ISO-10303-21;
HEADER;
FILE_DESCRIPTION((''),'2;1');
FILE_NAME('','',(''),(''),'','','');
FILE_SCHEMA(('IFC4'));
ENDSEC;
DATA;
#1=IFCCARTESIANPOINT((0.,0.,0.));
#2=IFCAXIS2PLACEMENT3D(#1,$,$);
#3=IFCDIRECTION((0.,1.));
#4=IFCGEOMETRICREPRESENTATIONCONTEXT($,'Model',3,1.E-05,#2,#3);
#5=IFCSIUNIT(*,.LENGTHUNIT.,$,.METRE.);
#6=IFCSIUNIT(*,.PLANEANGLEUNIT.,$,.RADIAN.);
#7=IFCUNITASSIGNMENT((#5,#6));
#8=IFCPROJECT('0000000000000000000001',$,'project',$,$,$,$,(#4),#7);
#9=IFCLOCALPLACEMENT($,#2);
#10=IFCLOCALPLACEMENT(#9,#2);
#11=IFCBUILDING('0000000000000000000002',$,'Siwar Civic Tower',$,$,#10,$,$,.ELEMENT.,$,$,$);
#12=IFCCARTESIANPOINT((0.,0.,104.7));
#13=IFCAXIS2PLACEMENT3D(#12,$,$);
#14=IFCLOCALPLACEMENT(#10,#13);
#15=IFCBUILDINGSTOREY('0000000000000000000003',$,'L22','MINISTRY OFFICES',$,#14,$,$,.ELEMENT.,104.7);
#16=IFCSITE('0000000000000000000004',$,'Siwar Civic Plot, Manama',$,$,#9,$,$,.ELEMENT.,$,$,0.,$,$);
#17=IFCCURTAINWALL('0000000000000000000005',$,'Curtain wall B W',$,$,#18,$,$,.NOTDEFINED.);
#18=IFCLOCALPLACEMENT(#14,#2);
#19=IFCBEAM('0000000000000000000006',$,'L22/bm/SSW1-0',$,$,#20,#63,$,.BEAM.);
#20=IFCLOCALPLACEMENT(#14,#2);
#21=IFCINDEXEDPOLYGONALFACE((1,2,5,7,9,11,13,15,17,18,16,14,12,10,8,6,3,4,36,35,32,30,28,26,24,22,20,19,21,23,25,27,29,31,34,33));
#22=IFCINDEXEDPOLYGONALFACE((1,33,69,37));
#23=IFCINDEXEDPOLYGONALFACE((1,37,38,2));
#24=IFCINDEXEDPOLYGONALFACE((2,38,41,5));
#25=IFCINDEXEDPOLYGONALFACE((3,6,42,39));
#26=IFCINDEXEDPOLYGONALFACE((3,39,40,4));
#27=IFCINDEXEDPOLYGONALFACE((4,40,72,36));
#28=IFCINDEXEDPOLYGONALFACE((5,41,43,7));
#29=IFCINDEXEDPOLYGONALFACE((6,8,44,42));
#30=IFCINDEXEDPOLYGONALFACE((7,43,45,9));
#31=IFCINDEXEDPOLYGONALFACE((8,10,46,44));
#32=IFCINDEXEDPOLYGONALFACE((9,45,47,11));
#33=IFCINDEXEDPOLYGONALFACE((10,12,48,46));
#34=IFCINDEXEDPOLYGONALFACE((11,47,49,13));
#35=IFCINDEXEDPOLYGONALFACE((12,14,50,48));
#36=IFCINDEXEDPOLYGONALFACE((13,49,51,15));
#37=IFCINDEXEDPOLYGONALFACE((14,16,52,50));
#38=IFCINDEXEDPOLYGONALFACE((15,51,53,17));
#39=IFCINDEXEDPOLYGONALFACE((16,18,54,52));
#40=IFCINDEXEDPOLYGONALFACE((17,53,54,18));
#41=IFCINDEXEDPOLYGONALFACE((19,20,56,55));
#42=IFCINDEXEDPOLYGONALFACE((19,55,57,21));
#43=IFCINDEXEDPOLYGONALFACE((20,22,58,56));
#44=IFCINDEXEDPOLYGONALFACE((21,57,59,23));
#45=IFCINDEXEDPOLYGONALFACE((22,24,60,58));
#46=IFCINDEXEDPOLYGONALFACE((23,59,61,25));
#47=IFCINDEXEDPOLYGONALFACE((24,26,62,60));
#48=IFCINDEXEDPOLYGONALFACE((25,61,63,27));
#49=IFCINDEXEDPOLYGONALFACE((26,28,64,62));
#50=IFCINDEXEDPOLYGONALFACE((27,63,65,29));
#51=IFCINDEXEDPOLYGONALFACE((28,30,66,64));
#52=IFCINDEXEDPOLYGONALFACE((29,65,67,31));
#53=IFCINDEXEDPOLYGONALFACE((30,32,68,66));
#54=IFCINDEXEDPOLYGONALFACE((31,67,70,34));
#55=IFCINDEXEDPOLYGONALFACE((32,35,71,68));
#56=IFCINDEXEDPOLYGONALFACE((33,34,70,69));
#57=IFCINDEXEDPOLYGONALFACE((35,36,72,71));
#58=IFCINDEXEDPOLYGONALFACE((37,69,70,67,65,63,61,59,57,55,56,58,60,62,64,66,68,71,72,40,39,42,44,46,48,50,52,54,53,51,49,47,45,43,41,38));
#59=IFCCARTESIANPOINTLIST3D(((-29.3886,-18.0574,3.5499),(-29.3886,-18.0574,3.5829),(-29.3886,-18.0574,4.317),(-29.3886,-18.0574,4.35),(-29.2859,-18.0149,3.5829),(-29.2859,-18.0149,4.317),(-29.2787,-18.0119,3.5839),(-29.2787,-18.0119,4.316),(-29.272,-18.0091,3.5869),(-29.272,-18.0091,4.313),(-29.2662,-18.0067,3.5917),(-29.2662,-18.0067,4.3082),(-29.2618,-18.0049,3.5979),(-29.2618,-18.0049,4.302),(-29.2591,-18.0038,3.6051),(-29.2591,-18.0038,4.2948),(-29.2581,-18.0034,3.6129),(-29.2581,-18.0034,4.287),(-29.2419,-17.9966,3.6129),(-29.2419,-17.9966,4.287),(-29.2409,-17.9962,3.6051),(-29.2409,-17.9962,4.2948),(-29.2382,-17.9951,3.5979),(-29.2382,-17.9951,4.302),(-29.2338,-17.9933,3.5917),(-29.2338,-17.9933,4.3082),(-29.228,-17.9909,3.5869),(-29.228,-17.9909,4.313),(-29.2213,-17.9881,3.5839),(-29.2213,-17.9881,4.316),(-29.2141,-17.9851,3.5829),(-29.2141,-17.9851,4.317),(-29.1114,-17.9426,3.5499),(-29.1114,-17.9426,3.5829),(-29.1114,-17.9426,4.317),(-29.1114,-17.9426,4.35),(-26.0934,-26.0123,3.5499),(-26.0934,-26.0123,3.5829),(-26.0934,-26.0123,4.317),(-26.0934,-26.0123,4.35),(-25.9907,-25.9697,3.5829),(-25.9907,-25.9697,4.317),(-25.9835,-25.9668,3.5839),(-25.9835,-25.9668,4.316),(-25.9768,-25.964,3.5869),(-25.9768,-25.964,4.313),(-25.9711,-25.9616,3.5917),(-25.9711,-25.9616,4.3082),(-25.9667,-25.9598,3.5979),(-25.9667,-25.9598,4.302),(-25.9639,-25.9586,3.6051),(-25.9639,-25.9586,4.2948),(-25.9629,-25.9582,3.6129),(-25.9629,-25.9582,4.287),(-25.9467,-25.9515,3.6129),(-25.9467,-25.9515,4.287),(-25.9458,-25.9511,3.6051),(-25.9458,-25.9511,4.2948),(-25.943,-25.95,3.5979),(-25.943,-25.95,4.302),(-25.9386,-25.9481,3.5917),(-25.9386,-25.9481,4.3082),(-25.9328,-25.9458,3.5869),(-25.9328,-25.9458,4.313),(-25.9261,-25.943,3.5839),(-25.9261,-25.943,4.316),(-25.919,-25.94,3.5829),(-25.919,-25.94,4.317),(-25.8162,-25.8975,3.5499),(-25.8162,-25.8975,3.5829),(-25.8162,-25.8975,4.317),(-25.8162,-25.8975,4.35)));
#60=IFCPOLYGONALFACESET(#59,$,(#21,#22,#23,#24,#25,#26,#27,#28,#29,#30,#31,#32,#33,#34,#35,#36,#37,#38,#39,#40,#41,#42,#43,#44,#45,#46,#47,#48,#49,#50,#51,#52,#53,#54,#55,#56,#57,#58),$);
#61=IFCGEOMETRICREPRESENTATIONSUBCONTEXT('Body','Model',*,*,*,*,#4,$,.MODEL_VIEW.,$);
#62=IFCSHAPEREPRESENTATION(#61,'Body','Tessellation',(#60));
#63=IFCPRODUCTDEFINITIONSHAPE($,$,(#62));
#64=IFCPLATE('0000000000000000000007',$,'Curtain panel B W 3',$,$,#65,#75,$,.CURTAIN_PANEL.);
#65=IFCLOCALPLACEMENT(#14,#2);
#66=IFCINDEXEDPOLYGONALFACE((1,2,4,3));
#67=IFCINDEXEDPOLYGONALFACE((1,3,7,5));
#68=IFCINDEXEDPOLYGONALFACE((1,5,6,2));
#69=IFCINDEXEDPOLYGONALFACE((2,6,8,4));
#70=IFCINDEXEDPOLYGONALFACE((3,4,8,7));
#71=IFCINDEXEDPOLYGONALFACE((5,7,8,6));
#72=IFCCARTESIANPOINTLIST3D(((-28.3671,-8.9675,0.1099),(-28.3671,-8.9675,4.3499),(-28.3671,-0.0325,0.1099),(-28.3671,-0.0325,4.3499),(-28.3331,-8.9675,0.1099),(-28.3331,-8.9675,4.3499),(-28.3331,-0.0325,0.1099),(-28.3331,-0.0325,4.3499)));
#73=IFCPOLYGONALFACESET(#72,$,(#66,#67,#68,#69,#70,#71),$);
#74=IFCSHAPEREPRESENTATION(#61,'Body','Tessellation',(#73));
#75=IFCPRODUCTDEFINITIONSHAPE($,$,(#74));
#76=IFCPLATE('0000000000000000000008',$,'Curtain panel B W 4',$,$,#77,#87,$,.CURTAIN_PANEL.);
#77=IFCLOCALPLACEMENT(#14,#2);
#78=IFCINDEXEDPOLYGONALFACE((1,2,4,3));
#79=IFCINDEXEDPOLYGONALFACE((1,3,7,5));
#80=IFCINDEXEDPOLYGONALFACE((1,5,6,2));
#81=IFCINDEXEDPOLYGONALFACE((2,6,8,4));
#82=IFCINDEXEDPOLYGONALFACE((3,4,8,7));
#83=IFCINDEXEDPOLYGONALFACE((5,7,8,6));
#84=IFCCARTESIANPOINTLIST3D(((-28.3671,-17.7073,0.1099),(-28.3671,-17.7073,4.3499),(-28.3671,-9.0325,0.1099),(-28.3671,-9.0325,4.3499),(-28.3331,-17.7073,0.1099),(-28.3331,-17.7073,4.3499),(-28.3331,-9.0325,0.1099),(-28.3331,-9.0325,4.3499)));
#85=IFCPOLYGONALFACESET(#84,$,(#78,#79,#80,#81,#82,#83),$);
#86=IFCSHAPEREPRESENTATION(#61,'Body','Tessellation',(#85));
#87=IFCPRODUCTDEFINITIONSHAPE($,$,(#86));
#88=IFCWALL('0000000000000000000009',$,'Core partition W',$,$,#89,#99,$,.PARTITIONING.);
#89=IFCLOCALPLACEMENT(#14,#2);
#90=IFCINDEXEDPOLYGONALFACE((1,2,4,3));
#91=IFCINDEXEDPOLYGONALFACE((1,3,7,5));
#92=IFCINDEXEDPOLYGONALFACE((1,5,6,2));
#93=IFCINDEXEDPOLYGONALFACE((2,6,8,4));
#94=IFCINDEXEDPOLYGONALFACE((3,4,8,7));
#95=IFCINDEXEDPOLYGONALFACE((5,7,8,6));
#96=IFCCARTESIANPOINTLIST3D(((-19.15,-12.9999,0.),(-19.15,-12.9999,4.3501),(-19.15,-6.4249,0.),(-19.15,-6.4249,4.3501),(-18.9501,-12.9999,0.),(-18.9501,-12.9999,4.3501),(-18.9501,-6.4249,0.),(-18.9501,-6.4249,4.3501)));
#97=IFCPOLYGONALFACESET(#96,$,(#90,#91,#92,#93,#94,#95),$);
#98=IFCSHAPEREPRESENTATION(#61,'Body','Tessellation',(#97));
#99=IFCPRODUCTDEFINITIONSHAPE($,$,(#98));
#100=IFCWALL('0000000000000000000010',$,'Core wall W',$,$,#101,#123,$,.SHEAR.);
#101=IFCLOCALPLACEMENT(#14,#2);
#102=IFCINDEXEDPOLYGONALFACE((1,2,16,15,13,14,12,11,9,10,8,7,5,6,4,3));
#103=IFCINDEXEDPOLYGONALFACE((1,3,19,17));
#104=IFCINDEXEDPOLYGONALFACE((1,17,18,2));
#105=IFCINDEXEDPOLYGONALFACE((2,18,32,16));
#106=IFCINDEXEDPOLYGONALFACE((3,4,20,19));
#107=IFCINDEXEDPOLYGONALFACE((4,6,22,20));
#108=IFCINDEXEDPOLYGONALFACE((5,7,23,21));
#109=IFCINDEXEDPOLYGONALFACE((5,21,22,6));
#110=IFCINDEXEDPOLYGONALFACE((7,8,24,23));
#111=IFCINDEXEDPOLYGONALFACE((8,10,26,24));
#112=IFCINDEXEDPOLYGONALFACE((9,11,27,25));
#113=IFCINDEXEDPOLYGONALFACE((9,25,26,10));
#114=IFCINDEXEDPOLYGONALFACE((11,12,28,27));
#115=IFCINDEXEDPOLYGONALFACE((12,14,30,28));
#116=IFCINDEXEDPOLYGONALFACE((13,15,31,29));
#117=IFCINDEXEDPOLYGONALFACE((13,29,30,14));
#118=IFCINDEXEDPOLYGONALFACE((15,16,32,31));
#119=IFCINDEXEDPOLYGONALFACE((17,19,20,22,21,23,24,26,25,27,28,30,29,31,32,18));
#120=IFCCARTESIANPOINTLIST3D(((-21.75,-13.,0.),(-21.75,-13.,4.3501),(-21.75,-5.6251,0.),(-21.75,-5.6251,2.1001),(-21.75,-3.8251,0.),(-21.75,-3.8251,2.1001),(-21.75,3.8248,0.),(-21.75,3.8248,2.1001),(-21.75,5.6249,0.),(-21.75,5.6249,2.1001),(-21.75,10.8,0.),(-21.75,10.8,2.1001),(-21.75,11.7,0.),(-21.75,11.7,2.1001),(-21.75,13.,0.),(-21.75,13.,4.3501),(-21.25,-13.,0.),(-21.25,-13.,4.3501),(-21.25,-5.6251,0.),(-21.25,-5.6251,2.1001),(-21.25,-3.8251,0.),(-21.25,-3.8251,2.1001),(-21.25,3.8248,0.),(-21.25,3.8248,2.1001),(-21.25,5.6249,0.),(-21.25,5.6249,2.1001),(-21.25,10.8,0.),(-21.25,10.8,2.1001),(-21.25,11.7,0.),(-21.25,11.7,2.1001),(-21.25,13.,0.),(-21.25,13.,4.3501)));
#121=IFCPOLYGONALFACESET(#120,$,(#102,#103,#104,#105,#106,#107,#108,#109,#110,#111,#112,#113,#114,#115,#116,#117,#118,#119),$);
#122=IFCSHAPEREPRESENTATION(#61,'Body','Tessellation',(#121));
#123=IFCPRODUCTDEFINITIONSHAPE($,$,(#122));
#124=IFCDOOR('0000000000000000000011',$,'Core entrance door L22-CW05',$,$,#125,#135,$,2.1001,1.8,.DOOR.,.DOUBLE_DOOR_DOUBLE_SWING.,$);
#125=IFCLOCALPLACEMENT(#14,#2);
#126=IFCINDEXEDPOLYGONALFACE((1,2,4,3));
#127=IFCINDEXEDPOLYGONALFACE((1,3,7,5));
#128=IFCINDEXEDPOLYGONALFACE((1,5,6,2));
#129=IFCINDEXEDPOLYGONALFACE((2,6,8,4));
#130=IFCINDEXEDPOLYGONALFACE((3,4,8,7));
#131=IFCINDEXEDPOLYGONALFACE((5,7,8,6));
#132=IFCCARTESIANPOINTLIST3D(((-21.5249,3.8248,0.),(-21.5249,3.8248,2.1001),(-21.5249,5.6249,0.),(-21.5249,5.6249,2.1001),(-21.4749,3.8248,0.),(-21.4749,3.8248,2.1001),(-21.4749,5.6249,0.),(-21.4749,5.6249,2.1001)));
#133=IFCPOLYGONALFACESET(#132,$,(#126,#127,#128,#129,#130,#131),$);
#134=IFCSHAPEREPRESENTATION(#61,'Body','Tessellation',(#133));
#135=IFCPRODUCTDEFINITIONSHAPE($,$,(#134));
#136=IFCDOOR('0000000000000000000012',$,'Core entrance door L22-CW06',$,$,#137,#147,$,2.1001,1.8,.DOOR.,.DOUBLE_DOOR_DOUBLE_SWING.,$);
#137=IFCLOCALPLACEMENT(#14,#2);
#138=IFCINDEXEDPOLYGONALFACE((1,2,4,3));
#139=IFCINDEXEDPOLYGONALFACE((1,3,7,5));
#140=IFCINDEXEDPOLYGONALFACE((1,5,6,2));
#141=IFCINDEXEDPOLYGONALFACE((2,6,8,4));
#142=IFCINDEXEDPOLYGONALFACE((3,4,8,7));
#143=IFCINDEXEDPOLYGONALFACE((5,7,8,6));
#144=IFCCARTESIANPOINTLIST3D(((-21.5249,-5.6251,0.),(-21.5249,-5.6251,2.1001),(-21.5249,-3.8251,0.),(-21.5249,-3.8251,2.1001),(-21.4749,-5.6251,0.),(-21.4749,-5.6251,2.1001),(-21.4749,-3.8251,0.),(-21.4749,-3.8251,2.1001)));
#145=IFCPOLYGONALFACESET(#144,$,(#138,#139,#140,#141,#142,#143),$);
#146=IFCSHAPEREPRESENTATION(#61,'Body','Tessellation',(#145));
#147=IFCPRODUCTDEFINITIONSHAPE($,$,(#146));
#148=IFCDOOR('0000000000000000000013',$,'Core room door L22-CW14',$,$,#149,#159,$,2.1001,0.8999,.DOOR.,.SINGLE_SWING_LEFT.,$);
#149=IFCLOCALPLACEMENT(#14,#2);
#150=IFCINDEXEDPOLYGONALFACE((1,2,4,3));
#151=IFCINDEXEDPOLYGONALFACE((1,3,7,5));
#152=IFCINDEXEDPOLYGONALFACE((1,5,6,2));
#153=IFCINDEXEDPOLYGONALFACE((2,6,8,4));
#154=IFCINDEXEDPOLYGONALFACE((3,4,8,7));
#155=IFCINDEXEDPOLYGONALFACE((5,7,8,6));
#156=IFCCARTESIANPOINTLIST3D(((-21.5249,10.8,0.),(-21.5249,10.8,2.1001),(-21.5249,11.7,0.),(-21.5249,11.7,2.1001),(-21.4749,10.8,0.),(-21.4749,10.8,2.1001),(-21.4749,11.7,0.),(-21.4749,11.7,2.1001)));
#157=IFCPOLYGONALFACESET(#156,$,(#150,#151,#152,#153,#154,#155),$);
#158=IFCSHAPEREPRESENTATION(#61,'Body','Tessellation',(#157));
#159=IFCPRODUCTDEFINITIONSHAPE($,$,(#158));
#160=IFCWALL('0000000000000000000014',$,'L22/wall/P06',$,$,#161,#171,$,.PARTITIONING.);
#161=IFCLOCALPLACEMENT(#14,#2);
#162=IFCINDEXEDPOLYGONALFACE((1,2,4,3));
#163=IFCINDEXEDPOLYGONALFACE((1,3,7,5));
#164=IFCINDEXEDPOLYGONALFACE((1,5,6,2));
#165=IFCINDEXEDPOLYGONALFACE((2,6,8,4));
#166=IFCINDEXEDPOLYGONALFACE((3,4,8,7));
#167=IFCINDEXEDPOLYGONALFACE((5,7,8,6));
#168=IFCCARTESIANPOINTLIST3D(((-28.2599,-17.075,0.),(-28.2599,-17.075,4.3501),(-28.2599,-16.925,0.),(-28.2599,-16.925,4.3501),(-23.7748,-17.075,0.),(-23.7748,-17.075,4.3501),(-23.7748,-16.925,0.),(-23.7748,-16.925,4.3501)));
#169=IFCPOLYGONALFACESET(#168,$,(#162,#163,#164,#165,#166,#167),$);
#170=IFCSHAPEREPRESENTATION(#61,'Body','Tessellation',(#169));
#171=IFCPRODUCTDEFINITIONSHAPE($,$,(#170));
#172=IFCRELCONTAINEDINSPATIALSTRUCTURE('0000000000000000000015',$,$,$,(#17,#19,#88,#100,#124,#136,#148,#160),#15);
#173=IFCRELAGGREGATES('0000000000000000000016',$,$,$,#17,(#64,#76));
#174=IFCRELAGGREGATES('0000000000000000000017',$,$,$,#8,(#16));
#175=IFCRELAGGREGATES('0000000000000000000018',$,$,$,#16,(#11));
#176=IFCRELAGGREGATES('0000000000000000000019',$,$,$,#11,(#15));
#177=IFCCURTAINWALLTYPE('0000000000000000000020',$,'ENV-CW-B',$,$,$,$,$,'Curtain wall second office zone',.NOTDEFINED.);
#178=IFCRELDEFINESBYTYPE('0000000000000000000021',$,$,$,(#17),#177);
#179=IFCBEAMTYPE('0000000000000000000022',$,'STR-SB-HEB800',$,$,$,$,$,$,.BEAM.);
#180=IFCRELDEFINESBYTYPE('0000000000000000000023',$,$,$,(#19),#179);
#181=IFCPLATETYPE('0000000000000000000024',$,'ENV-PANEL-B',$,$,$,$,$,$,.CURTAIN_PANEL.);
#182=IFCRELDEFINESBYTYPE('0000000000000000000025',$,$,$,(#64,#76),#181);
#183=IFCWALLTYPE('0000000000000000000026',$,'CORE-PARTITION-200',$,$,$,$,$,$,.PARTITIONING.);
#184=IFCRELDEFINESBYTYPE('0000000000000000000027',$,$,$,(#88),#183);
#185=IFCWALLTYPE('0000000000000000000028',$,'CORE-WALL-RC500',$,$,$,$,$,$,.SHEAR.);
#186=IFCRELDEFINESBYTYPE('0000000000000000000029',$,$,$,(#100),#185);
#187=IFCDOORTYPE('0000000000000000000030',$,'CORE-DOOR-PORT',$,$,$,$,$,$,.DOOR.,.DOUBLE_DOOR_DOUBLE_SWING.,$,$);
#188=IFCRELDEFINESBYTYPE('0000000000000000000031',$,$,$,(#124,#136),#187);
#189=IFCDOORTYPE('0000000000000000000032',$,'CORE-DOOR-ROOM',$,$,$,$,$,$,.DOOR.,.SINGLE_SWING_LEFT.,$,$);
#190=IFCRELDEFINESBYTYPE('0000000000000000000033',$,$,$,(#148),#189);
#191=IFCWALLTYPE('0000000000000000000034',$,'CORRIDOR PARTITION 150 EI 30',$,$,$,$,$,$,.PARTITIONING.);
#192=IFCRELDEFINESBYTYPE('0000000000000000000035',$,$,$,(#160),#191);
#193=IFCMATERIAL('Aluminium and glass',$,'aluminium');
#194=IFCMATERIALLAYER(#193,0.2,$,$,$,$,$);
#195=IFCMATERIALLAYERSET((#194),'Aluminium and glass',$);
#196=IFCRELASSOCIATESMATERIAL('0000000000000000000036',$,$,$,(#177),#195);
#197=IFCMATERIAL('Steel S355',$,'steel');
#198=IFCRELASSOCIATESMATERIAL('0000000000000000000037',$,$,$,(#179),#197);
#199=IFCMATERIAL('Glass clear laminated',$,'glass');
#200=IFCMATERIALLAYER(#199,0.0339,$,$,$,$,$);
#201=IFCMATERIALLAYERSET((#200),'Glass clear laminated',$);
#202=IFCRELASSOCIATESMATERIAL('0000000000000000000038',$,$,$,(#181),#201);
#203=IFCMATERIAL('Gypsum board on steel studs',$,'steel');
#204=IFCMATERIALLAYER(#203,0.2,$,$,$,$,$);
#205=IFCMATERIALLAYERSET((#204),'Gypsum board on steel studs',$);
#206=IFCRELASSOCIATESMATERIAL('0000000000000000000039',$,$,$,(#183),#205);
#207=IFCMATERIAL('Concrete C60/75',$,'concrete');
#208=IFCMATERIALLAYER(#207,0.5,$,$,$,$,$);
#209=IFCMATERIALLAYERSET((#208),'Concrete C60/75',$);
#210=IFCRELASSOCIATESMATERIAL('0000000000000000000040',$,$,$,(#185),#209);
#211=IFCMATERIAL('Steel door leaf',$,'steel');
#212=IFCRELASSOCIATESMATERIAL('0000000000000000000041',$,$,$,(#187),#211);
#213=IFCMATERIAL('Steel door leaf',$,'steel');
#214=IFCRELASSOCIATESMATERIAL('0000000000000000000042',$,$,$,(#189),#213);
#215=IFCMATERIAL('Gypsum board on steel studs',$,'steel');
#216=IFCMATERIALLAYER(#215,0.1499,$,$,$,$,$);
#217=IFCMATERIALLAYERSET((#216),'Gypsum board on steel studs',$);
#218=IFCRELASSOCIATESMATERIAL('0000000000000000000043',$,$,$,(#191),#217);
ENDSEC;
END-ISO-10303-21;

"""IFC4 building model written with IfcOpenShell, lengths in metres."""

from ifc_helpers import new_model, si_unit, direction, frame, frame_2d, origin, origin_2d, place, context, subcontext, project, spatial, rectangle, i_section, extrude, material, layer, layer_set, material_profile, profile_set, type_object, element, fill, aggregate, save


model = new_model("IFC4")

# Units and contexts
model_context = context("Model", 3, precision=1e-05, world=origin(), true_north=direction((0.0, 1.0)))
body_context = subcontext(model_context, "Body", "Model", "MODEL_VIEW")
ifc_project = project(units=[si_unit("LENGTHUNIT", "METRE"), si_unit("PLANEANGLEUNIT", "RADIAN")], contexts=[model_context])

# Site, building, storey
site_placement = place(None, origin())
site = spatial("IfcSite", under=ifc_project, at=site_placement, Name="Siwar Civic Plot, Manama", CompositionType="ELEMENT", RefElevation=0.0)
building_placement = place(site_placement, origin())
building = spatial("IfcBuilding", under=site, at=building_placement, Name="Siwar Civic Tower", CompositionType="ELEMENT")
storey_placement = place(building_placement, frame((0.0, 0.0, 104.7)))
storey = spatial("IfcBuildingStorey", under=building, at=storey_placement, Name="L22", Description="MINISTRY OFFICES", CompositionType="ELEMENT", Elevation=104.7)

# Curtain wall
ifc_material_1 = material(Name="Aluminium and glass", Category="aluminium")
ifc_layer_1 = layer(ifc_material_1, 0.2)
ifc_layer_set_1 = layer_set([ifc_layer_1], Name="Aluminium and glass")
curtain_wall_type_1 = type_object("IfcCurtainWallType", Name="ENV-CW-B", ElementType="Curtain wall second office zone", PredefinedType="NOTDEFINED", material=ifc_layer_set_1)
curtain_wall_1_placement = place(storey_placement, origin())
curtain_wall_1 = element("IfcCurtainWall", 1, at=curtain_wall_1_placement, inside=storey, type_object=curtain_wall_type_1, Name="Curtain wall B W", PredefinedType="NOTDEFINED")

# Beam
ifc_material_2 = material(Name="Steel S355", Category="steel")
ifc_material_profile_1 = material_profile(ifc_material_2, i_section(OverallWidth=0.3, OverallDepth=0.8, WebThickness=0.0176, FlangeThickness=0.033, FilletRadius=0.03, at=origin_2d()), Name="HEB800")
ifc_profile_set_1 = profile_set([ifc_material_profile_1], Name="Steel S355")
beam_type_1 = type_object("IfcBeamType", Name="STR-SB-HEB800", PredefinedType="BEAM", material=ifc_profile_set_1)
beam_1_placement = place(storey_placement, frame((-29.25, -18.0, 3.95), z_axis=(0.3827, -0.923873, 0.0), x_axis=(0.923873, 0.3827, 0.0)))
element("IfcBeam", 2, at=beam_1_placement, inside=storey, type_object=beam_type_1, Name="L22/bm/SSW1-0", PredefinedType="BEAM", context=body_context, shape_type="SweptSolid", body=[
    extrude(i_section(OverallWidth=0.3, OverallDepth=0.8, WebThickness=0.0176, FlangeThickness=0.033, FilletRadius=0.03, at=origin_2d()), origin(), (0.0, 0.0, 1.0), 8.6104),
])

# Plates
ifc_material_3 = material(Name="Glass clear laminated", Category="glass")
ifc_layer_2 = layer(ifc_material_3, 0.0339)
ifc_layer_set_2 = layer_set([ifc_layer_2], Name="Glass clear laminated")
plate_type = type_object("IfcPlateType", Name="ENV-PANEL-B", PredefinedType="CURTAIN_PANEL", material=ifc_layer_set_2)
plate_1_placement = place(storey_placement, frame((-28.3501, -4.5, 0.1099), z_axis=(0.0, 0.0, 1.0), x_axis=(0.0, -1.0, 0.0)))
plate_1 = element("IfcPlate", 3, at=plate_1_placement, type_object=plate_type, Name="Curtain panel B W 3", PredefinedType="CURTAIN_PANEL", context=body_context, shape_type="SweptSolid", body=[
    extrude(rectangle(XDim=8.9351, YDim=0.0339, at=origin_2d()), origin(), (0.0, 0.0, 1.0), 4.24),
])
plate_2_placement = place(storey_placement, frame((-28.3501, -13.3699, 0.1099), z_axis=(0.0, 0.0, 1.0), x_axis=(0.0, -1.0, 0.0)))
plate_2 = element("IfcPlate", 4, at=plate_2_placement, type_object=plate_type, Name="Curtain panel B W 4", PredefinedType="CURTAIN_PANEL", context=body_context, shape_type="SweptSolid", body=[
    extrude(rectangle(XDim=8.6748, YDim=0.0339, at=origin_2d()), origin(), (0.0, 0.0, 1.0), 4.24),
])
aggregate(curtain_wall_1, [plate_1, plate_2])

# Wall
ifc_material_4 = material(Name="Gypsum board on steel studs", Category="steel")
ifc_layer_3 = layer(ifc_material_4, 0.2)
ifc_layer_set_3 = layer_set([ifc_layer_3], Name="Gypsum board on steel studs")
wall_type_1 = type_object("IfcWallType", Name="CORE-PARTITION-200", PredefinedType="PARTITIONING", material=ifc_layer_set_3)
wall_1_placement = place(storey_placement, frame((-19.05, -13.0, 0.0), z_axis=(0.0, 0.0, 1.0), x_axis=(0.0, 1.0, 0.0)))
element("IfcWall", 5, at=wall_1_placement, inside=storey, type_object=wall_type_1, Name="Core partition W", PredefinedType="PARTITIONING", context=body_context, shape_type="SweptSolid", body=[
    extrude(rectangle(XDim=6.575, YDim=0.2, at=frame_2d((3.2876, 0.0))), origin(), (0.0, 0.0, 1.0), 4.3501),
])

# Wall, openings, doors
ifc_material_5 = material(Name="Concrete C60/75", Category="concrete")
ifc_layer_4 = layer(ifc_material_5, 0.5)
ifc_layer_set_4 = layer_set([ifc_layer_4], Name="Concrete C60/75")
wall_type_2 = type_object("IfcWallType", Name="CORE-WALL-RC500", PredefinedType="SHEAR", material=ifc_layer_set_4)
wall_2_placement = place(storey_placement, frame((-21.5, -13.0, 0.0), z_axis=(0.0, 0.0, 1.0), x_axis=(0.0, 1.0, 0.0)))
wall_2 = element("IfcWall", 6, at=wall_2_placement, inside=storey, type_object=wall_type_2, Name="Core wall W", PredefinedType="SHEAR", context=body_context, shape_type="SweptSolid", body=[
    extrude(rectangle(XDim=26.0, YDim=0.5, at=frame_2d((13.0, 0.0))), origin(), (0.0, 0.0, 1.0), 4.3501),
])
opening_1_placement = place(wall_2_placement, frame((16.825, 0.0, 0.0)))
opening_1 = element("IfcOpeningElement", 7, at=opening_1_placement, cuts=wall_2, PredefinedType="OPENING", context=body_context, shape_type="SweptSolid", body=[
    extrude(rectangle(XDim=1.8, YDim=2.1001, at=frame_2d((0.8999, 1.05))), frame((0.0, 0.26, 0.0), z_axis=(0.0, -1.0, 0.0), x_axis=(1.0, 0.0, 0.0)), (0.0, 0.0, 1.0), 0.52),
])
opening_2_placement = place(wall_2_placement, frame((7.375, 0.0, 0.0)))
opening_2 = element("IfcOpeningElement", 8, at=opening_2_placement, cuts=wall_2, PredefinedType="OPENING", context=body_context, shape_type="SweptSolid", body=[
    extrude(rectangle(XDim=1.8, YDim=2.1001, at=frame_2d((0.8999, 1.05))), frame((0.0, 0.26, 0.0), z_axis=(0.0, -1.0, 0.0), x_axis=(1.0, 0.0, 0.0)), (0.0, 0.0, 1.0), 0.52),
])
opening_3_placement = place(wall_2_placement, frame((23.8, 0.0, 0.0)))
opening_3 = element("IfcOpeningElement", 9, at=opening_3_placement, cuts=wall_2, PredefinedType="OPENING", context=body_context, shape_type="SweptSolid", body=[
    extrude(rectangle(XDim=0.8999, YDim=2.1001, at=frame_2d((0.45, 1.05))), frame((0.0, 0.26, 0.0), z_axis=(0.0, -1.0, 0.0), x_axis=(1.0, 0.0, 0.0)), (0.0, 0.0, 1.0), 0.52),
])
ifc_material_6 = material(Name="Steel door leaf", Category="steel")
door_type_1 = type_object("IfcDoorType", Name="CORE-DOOR-PORT", OperationType="DOUBLE_DOOR_DOUBLE_SWING", PredefinedType="DOOR", material=ifc_material_6)
door_1_placement = place(opening_1_placement, origin())
door_1 = element("IfcDoor", 10, at=door_1_placement, inside=storey, type_object=door_type_1, Name="Core entrance door L22-CW05", OperationType="DOUBLE_DOOR_DOUBLE_SWING", OverallHeight=2.1001, OverallWidth=1.8, PredefinedType="DOOR", context=body_context, shape_type="SweptSolid", body=[
    extrude(rectangle(XDim=1.8, YDim=2.1001, at=frame_2d((0.8999, 1.05))), frame((0.0, 0.0249, 0.0), z_axis=(0.0, -1.0, 0.0), x_axis=(1.0, 0.0, 0.0)), (0.0, 0.0, 1.0), 0.05),
])
fill(opening_1, door_1)
door_2_placement = place(opening_2_placement, origin())
door_2 = element("IfcDoor", 11, at=door_2_placement, inside=storey, type_object=door_type_1, Name="Core entrance door L22-CW06", OperationType="DOUBLE_DOOR_DOUBLE_SWING", OverallHeight=2.1001, OverallWidth=1.8, PredefinedType="DOOR", context=body_context, shape_type="SweptSolid", body=[
    extrude(rectangle(XDim=1.8, YDim=2.1001, at=frame_2d((0.8999, 1.05))), frame((0.0, 0.0249, 0.0), z_axis=(0.0, -1.0, 0.0), x_axis=(1.0, 0.0, 0.0)), (0.0, 0.0, 1.0), 0.05),
])
fill(opening_2, door_2)
ifc_material_7 = material(Name="Steel door leaf", Category="steel")
door_type_2 = type_object("IfcDoorType", Name="CORE-DOOR-ROOM", OperationType="SINGLE_SWING_LEFT", PredefinedType="DOOR", material=ifc_material_7)
door_3_placement = place(opening_3_placement, origin())
door_3 = element("IfcDoor", 12, at=door_3_placement, inside=storey, type_object=door_type_2, Name="Core room door L22-CW14", OperationType="SINGLE_SWING_LEFT", OverallHeight=2.1001, OverallWidth=0.8999, PredefinedType="DOOR", context=body_context, shape_type="SweptSolid", body=[
    extrude(rectangle(XDim=0.8999, YDim=2.1001, at=frame_2d((0.45, 1.05))), frame((0.0, 0.0249, 0.0), z_axis=(0.0, -1.0, 0.0), x_axis=(1.0, 0.0, 0.0)), (0.0, 0.0, 1.0), 0.05),
])
fill(opening_3, door_3)

# Wall
ifc_material_8 = material(Name="Gypsum board on steel studs", Category="steel")
ifc_layer_5 = layer(ifc_material_8, 0.1499)
ifc_layer_set_5 = layer_set([ifc_layer_5], Name="Gypsum board on steel studs")
wall_type_3 = type_object("IfcWallType", Name="CORRIDOR PARTITION 150 EI 30", PredefinedType="PARTITIONING", material=ifc_layer_set_5)
wall_3_placement = place(storey_placement, frame((-28.26, -17.0, 0.0), z_axis=(0.0, 0.0, 1.0), x_axis=(1.0, 0.0, 0.0)))
element("IfcWall", 13, at=wall_3_placement, inside=storey, type_object=wall_type_3, Name="L22/wall/P06", PredefinedType="PARTITIONING", context=body_context, shape_type="SweptSolid", body=[
    extrude(rectangle(XDim=4.4851, YDim=0.1499, at=frame_2d((2.2427, 0.0))), origin(), (0.0, 0.0, 1.0), 4.3501),
])

save(model, "model.ifc")
